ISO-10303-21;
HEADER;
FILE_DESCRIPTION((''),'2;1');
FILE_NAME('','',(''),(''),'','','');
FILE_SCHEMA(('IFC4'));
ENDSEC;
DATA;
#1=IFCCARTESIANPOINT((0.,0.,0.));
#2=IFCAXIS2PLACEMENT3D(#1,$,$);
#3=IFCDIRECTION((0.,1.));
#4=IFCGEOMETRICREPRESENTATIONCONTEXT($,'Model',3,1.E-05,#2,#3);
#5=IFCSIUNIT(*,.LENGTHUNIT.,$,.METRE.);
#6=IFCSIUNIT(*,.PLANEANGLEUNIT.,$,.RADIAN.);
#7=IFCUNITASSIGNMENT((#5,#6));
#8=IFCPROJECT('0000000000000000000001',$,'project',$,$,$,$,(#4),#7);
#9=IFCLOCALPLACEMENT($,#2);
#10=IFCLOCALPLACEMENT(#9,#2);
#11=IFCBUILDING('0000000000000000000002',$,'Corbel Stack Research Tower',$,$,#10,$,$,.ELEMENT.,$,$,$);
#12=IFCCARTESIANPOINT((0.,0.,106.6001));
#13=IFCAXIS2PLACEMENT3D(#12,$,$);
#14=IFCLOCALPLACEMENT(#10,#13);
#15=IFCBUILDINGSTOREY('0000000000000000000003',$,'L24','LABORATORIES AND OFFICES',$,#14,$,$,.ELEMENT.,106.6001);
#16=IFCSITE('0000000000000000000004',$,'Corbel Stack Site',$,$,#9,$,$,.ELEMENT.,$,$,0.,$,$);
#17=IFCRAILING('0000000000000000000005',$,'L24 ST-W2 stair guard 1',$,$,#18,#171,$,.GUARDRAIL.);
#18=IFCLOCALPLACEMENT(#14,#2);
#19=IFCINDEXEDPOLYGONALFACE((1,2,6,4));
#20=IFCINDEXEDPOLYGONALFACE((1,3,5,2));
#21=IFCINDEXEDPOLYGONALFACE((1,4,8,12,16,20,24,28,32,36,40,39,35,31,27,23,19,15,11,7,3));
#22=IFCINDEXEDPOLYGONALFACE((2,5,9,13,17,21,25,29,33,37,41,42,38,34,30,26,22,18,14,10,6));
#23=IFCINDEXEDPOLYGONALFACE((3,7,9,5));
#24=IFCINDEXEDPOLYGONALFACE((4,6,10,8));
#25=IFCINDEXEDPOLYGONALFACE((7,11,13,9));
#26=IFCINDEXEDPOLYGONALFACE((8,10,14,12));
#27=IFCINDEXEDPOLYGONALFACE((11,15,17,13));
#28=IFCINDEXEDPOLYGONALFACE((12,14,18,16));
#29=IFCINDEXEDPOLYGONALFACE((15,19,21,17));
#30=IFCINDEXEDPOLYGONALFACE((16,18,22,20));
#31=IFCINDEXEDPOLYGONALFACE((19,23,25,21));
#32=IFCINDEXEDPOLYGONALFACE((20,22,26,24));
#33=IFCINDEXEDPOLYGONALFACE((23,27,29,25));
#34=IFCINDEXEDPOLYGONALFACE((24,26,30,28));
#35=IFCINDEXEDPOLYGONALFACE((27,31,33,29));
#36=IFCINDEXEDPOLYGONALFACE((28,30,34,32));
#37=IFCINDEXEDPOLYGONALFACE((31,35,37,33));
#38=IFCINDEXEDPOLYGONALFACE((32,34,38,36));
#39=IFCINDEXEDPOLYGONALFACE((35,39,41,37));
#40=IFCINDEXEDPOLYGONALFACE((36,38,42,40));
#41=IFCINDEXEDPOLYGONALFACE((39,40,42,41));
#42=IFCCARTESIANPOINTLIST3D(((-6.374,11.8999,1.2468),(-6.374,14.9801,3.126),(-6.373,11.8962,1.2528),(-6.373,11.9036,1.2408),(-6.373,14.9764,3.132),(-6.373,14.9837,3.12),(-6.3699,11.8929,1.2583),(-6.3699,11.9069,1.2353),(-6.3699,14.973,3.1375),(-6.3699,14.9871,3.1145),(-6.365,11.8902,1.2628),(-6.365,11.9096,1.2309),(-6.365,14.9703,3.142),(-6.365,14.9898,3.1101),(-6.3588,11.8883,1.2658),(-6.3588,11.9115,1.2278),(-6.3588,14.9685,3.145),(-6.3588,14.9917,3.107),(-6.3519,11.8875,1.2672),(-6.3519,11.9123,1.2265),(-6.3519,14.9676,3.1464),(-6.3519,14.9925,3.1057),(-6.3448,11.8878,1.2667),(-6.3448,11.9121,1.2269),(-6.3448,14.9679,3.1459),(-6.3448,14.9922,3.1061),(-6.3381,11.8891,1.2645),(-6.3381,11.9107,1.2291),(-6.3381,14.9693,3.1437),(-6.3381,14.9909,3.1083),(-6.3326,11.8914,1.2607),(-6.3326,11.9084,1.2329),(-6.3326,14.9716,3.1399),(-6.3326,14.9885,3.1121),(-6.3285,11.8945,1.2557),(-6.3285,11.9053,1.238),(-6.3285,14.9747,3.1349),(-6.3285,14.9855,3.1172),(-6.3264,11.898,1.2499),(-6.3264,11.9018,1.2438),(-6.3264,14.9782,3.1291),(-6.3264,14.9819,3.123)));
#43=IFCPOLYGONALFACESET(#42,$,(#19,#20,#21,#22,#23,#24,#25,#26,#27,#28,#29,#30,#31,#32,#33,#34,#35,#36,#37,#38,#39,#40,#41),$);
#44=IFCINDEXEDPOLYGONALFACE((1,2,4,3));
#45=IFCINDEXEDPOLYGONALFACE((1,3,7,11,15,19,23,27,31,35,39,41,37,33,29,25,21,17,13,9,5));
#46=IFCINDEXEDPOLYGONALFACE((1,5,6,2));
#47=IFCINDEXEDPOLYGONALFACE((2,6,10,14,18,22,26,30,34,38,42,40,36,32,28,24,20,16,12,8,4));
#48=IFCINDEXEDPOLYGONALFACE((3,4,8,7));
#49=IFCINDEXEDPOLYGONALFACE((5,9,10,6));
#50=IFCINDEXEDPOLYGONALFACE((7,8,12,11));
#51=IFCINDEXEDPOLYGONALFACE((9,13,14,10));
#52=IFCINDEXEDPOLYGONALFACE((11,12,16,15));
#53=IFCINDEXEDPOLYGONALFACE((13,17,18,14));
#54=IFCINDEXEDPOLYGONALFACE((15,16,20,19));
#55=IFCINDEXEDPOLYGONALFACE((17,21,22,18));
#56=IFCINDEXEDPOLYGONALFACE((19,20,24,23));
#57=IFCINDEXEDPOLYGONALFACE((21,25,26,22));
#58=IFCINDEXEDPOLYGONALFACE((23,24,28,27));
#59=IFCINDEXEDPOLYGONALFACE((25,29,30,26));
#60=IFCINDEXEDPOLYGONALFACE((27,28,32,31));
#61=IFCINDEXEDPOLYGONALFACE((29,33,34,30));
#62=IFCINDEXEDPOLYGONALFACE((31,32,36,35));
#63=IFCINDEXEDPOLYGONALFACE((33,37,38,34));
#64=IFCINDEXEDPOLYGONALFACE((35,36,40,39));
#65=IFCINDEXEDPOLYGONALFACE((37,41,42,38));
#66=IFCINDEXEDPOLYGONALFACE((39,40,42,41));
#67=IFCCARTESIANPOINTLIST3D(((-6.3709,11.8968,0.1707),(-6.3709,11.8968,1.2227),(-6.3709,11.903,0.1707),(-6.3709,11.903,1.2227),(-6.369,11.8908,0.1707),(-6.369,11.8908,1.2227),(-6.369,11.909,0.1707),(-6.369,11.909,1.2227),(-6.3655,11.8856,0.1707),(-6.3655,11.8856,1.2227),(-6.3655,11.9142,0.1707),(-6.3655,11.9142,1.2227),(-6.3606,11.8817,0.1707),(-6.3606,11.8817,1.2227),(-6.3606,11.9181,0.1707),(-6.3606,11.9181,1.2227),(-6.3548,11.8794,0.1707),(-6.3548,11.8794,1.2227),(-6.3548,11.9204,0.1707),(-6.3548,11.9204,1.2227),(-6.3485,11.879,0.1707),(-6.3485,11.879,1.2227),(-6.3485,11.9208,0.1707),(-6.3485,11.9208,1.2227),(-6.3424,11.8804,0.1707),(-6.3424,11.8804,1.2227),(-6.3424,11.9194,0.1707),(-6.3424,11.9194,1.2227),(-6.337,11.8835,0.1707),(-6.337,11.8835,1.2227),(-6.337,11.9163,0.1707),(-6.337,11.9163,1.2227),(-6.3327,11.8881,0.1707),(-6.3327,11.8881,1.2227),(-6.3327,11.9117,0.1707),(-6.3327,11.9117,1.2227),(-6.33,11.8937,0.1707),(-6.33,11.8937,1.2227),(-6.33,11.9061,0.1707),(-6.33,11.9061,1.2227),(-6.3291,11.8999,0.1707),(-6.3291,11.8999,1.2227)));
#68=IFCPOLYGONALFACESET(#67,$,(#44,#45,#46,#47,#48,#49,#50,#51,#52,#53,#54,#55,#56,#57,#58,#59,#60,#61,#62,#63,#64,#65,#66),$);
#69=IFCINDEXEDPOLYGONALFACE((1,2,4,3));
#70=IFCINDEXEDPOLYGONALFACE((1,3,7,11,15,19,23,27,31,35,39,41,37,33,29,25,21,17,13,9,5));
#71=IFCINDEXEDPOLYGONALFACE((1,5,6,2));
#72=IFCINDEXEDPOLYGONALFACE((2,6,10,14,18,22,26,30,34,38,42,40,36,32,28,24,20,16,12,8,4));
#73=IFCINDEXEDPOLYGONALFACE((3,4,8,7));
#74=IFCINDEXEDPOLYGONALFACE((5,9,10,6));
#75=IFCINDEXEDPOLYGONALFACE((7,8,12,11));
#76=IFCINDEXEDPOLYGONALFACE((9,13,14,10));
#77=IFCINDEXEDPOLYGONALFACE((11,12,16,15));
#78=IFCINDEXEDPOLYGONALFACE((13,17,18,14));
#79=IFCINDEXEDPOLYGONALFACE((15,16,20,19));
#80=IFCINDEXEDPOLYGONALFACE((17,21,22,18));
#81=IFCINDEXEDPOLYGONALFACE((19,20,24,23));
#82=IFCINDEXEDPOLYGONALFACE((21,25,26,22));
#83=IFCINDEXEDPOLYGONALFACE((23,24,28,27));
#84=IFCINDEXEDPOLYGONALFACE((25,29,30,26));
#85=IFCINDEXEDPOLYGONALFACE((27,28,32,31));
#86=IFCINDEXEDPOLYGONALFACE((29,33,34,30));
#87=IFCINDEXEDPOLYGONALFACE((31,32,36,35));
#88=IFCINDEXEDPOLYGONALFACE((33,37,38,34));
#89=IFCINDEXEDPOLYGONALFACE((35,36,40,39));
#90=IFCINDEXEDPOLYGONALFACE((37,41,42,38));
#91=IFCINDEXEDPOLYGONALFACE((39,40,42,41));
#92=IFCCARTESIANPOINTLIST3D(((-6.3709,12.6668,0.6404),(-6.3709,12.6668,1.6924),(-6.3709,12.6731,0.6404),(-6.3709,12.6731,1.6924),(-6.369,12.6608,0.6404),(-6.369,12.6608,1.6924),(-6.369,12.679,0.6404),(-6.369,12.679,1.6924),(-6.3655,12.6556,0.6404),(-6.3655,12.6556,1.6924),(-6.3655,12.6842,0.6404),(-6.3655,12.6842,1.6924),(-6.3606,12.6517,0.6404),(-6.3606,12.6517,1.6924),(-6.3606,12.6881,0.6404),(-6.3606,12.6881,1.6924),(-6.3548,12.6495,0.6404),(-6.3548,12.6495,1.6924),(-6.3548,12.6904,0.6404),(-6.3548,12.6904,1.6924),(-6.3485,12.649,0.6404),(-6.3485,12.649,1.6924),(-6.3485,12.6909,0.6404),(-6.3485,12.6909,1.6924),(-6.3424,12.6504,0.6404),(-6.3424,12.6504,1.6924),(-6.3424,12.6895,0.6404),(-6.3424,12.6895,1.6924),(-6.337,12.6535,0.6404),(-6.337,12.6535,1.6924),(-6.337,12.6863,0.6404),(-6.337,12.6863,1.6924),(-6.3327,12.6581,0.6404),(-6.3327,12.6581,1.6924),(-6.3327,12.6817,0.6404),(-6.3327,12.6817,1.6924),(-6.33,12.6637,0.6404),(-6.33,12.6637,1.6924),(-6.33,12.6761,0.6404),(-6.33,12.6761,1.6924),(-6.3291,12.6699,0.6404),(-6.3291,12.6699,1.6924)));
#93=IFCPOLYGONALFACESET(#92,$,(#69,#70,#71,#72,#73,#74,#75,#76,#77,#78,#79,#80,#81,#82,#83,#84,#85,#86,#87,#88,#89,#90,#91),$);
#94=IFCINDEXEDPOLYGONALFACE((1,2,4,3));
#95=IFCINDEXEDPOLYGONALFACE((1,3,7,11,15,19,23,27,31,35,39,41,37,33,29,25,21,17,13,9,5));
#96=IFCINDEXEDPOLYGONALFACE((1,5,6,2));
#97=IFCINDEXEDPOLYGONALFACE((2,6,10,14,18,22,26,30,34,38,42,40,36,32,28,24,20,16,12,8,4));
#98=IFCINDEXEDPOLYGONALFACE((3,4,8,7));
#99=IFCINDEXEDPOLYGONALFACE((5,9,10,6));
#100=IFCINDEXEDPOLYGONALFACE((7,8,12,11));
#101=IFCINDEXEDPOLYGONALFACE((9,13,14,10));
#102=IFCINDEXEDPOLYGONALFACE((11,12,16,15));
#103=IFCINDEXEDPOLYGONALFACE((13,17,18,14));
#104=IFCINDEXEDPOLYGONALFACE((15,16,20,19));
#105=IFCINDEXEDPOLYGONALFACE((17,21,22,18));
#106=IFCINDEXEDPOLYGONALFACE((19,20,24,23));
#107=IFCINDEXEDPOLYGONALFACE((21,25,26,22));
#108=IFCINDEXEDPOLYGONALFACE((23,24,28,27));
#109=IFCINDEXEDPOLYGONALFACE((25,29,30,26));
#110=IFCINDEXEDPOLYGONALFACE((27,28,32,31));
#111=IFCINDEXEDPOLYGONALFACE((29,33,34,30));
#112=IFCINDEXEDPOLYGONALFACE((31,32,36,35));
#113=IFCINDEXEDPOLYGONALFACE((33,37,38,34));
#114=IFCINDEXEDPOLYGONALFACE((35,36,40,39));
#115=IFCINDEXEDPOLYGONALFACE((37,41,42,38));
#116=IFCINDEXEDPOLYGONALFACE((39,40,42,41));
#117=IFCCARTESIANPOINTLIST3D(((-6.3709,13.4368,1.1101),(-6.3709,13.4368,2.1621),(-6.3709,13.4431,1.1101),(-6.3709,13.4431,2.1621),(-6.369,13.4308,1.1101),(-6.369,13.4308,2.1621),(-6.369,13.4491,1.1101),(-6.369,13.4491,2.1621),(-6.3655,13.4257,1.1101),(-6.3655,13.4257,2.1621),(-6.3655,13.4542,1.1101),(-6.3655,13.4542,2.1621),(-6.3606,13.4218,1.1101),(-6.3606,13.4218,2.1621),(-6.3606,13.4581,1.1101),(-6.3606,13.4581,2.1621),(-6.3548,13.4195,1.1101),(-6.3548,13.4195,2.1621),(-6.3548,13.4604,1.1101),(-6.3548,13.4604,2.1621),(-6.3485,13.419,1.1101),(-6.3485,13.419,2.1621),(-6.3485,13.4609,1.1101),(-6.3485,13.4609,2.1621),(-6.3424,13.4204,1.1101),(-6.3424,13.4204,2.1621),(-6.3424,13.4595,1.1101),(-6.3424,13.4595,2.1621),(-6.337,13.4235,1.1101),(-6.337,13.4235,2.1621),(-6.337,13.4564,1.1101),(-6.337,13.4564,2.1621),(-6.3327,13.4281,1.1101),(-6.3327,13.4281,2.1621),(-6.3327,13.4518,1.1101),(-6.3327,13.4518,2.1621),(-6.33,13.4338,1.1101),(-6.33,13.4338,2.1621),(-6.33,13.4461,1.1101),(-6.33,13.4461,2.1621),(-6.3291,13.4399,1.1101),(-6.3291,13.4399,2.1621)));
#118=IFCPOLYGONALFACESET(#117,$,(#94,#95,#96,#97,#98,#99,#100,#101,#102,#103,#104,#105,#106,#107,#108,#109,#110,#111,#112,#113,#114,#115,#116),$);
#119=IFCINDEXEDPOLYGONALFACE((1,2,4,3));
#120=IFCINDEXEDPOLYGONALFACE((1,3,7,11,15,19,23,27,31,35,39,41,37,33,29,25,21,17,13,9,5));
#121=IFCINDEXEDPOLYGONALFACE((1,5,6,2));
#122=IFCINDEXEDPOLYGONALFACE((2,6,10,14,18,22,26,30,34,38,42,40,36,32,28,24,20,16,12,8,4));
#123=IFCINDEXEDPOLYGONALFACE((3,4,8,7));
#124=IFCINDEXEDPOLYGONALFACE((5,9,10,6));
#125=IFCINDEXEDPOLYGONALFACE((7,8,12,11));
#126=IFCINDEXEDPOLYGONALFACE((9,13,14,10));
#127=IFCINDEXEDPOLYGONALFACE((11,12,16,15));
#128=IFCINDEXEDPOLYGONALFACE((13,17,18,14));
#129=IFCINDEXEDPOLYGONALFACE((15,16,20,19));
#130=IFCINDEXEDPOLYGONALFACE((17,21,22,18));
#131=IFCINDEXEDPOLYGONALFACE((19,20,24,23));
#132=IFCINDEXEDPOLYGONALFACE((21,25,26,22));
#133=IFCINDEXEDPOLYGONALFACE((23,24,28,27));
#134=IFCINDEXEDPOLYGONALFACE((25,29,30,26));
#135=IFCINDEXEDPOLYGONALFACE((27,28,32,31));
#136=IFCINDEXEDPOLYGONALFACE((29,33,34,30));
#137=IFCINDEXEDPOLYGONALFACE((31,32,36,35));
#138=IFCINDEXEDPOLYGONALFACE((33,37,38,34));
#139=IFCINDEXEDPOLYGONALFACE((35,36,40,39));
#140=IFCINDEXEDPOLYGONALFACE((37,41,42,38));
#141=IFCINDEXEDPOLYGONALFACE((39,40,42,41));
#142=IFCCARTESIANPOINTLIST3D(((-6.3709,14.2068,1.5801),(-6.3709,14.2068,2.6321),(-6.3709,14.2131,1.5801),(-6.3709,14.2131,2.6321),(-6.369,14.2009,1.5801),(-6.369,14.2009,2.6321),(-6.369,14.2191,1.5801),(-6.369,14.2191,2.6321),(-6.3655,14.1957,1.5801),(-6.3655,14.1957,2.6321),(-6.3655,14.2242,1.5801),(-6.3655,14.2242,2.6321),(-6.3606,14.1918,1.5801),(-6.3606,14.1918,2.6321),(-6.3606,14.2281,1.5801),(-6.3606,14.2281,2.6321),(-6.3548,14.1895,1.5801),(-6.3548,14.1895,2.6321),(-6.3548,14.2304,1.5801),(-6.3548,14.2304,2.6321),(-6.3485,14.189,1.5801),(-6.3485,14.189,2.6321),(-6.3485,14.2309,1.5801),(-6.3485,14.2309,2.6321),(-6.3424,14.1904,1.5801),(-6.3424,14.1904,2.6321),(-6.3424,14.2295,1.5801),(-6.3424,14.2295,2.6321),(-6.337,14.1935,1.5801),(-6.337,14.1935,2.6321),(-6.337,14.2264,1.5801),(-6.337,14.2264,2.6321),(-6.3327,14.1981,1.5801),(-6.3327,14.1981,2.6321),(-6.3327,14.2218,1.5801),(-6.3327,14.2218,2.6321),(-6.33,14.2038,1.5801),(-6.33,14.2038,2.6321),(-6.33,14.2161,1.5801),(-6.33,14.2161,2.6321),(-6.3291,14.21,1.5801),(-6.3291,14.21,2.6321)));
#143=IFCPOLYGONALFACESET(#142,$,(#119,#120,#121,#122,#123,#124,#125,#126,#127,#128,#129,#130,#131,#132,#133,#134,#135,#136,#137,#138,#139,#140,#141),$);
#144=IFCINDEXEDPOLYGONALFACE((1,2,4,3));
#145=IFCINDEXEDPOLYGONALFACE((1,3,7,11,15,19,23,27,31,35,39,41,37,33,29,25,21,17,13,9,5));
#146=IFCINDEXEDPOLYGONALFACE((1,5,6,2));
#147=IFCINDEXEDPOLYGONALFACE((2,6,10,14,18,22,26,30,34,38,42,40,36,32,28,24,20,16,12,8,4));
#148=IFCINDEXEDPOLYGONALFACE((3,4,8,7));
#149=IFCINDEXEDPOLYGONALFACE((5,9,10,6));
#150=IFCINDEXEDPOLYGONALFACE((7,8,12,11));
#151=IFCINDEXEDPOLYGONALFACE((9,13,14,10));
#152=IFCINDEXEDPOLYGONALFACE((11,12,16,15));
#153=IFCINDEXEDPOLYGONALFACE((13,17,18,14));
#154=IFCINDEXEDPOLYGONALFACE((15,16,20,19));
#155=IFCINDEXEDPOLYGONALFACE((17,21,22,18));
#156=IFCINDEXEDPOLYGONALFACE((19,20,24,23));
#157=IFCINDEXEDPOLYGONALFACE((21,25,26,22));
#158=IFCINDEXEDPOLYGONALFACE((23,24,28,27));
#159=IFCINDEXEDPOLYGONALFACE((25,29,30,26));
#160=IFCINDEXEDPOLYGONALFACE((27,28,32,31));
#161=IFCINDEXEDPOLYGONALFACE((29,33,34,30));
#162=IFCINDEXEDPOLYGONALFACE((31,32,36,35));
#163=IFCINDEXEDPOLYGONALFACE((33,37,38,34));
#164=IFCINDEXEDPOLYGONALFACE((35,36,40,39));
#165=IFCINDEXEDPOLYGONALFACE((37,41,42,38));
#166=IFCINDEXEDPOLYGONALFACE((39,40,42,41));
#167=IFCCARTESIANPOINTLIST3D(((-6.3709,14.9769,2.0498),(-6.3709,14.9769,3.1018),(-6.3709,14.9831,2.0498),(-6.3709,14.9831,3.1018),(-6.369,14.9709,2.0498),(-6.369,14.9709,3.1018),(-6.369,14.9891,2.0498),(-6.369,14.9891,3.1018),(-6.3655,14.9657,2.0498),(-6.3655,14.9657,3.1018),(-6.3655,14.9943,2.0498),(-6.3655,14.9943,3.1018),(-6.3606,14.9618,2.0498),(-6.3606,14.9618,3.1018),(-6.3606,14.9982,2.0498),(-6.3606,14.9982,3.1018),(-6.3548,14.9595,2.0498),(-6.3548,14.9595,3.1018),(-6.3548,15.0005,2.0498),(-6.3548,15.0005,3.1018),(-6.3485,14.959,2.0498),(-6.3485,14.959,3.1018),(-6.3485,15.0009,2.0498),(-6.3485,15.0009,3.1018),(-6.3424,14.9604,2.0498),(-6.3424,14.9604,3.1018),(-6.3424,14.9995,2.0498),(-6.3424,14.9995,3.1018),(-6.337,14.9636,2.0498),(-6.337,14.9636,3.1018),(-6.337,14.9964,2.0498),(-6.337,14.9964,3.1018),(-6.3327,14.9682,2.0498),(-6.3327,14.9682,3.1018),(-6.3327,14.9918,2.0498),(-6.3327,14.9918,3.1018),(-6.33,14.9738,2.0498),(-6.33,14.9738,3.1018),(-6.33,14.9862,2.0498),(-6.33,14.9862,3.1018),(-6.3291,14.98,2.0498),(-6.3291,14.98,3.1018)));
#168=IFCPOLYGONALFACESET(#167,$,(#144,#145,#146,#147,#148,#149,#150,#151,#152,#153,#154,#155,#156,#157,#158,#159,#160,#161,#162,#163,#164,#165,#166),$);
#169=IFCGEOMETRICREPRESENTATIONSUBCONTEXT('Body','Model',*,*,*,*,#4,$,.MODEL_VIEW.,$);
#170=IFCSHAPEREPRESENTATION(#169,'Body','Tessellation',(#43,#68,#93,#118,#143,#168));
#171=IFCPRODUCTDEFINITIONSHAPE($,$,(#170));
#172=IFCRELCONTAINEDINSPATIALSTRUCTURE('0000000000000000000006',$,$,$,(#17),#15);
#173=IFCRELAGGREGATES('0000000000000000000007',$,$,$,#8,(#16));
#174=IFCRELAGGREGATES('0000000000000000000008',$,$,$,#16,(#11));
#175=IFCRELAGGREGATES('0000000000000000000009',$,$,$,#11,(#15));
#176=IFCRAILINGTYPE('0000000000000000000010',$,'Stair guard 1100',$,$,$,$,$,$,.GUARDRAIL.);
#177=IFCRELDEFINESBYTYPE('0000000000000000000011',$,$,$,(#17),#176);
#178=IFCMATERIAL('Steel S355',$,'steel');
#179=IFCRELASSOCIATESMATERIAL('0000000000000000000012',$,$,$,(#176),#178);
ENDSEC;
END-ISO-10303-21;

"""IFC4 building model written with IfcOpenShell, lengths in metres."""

from ifc_helpers import new_model, si_unit, direction, frame, origin, origin_2d, place, context, subcontext, project, spatial, circle, extrude, material, type_object, element, save


model = new_model("IFC4")

# Units and contexts
model_context = context("Model", 3, precision=1e-05, world=origin(), true_north=direction((0.0, 1.0)))
body_context = subcontext(model_context, "Body", "Model", "MODEL_VIEW")
ifc_project = project(units=[si_unit("LENGTHUNIT", "METRE"), si_unit("PLANEANGLEUNIT", "RADIAN")], contexts=[model_context])

# Site, building, storey
site_placement = place(None, origin())
site = spatial("IfcSite", under=ifc_project, at=site_placement, Name="Corbel Stack Site", CompositionType="ELEMENT", RefElevation=0.0)
building_placement = place(site_placement, origin())
building = spatial("IfcBuilding", under=site, at=building_placement, Name="Corbel Stack Research Tower", CompositionType="ELEMENT")
storey_placement = place(building_placement, frame((0.0, 0.0, 106.6001)))
storey = spatial("IfcBuildingStorey", under=building, at=storey_placement, Name="L24", Description="LABORATORIES AND OFFICES", CompositionType="ELEMENT", Elevation=106.6001)

# Railing
ifc_material_1 = material(Name="Steel S355", Category="steel")
railing_type_1 = type_object("IfcRailingType", Name="Stair guard 1100", PredefinedType="GUARDRAIL", material=ifc_material_1)
railing_1_placement = place(storey_placement, frame((-6.3501, 11.8999, 0.1707)))
element("IfcRailing", 1, at=railing_1_placement, inside=storey, type_object=railing_type_1, Name="L24 ST-W2 stair guard 1", PredefinedType="GUARDRAIL", context=body_context, shape_type="SweptSolid", body=[
    extrude(circle(Radius=0.0239, at=origin_2d()), frame((0.0, 0.0, 1.0762), z_axis=(0.0, 0.853666, 0.52082), x_axis=(-1.0, 0.0, 0.0)), (0.0, 0.0, 1.0), 3.6082),
    extrude(circle(Radius=0.021, at=origin_2d()), origin(), (0.0, 0.0, 1.0), 1.052),
    extrude(circle(Radius=0.021, at=origin_2d()), frame((0.0, 0.77, 0.4697)), (0.0, 0.0, 1.0), 1.052),
    extrude(circle(Radius=0.021, at=origin_2d()), frame((0.0, 1.54, 0.9395)), (0.0, 0.0, 1.0), 1.052),
    extrude(circle(Radius=0.021, at=origin_2d()), frame((0.0, 2.3101, 1.4094)), (0.0, 0.0, 1.0), 1.052),
    extrude(circle(Radius=0.021, at=origin_2d()), frame((0.0, 3.0801, 1.8792)), (0.0, 0.0, 1.0), 1.052),
])

save(model, "model.ifc")
